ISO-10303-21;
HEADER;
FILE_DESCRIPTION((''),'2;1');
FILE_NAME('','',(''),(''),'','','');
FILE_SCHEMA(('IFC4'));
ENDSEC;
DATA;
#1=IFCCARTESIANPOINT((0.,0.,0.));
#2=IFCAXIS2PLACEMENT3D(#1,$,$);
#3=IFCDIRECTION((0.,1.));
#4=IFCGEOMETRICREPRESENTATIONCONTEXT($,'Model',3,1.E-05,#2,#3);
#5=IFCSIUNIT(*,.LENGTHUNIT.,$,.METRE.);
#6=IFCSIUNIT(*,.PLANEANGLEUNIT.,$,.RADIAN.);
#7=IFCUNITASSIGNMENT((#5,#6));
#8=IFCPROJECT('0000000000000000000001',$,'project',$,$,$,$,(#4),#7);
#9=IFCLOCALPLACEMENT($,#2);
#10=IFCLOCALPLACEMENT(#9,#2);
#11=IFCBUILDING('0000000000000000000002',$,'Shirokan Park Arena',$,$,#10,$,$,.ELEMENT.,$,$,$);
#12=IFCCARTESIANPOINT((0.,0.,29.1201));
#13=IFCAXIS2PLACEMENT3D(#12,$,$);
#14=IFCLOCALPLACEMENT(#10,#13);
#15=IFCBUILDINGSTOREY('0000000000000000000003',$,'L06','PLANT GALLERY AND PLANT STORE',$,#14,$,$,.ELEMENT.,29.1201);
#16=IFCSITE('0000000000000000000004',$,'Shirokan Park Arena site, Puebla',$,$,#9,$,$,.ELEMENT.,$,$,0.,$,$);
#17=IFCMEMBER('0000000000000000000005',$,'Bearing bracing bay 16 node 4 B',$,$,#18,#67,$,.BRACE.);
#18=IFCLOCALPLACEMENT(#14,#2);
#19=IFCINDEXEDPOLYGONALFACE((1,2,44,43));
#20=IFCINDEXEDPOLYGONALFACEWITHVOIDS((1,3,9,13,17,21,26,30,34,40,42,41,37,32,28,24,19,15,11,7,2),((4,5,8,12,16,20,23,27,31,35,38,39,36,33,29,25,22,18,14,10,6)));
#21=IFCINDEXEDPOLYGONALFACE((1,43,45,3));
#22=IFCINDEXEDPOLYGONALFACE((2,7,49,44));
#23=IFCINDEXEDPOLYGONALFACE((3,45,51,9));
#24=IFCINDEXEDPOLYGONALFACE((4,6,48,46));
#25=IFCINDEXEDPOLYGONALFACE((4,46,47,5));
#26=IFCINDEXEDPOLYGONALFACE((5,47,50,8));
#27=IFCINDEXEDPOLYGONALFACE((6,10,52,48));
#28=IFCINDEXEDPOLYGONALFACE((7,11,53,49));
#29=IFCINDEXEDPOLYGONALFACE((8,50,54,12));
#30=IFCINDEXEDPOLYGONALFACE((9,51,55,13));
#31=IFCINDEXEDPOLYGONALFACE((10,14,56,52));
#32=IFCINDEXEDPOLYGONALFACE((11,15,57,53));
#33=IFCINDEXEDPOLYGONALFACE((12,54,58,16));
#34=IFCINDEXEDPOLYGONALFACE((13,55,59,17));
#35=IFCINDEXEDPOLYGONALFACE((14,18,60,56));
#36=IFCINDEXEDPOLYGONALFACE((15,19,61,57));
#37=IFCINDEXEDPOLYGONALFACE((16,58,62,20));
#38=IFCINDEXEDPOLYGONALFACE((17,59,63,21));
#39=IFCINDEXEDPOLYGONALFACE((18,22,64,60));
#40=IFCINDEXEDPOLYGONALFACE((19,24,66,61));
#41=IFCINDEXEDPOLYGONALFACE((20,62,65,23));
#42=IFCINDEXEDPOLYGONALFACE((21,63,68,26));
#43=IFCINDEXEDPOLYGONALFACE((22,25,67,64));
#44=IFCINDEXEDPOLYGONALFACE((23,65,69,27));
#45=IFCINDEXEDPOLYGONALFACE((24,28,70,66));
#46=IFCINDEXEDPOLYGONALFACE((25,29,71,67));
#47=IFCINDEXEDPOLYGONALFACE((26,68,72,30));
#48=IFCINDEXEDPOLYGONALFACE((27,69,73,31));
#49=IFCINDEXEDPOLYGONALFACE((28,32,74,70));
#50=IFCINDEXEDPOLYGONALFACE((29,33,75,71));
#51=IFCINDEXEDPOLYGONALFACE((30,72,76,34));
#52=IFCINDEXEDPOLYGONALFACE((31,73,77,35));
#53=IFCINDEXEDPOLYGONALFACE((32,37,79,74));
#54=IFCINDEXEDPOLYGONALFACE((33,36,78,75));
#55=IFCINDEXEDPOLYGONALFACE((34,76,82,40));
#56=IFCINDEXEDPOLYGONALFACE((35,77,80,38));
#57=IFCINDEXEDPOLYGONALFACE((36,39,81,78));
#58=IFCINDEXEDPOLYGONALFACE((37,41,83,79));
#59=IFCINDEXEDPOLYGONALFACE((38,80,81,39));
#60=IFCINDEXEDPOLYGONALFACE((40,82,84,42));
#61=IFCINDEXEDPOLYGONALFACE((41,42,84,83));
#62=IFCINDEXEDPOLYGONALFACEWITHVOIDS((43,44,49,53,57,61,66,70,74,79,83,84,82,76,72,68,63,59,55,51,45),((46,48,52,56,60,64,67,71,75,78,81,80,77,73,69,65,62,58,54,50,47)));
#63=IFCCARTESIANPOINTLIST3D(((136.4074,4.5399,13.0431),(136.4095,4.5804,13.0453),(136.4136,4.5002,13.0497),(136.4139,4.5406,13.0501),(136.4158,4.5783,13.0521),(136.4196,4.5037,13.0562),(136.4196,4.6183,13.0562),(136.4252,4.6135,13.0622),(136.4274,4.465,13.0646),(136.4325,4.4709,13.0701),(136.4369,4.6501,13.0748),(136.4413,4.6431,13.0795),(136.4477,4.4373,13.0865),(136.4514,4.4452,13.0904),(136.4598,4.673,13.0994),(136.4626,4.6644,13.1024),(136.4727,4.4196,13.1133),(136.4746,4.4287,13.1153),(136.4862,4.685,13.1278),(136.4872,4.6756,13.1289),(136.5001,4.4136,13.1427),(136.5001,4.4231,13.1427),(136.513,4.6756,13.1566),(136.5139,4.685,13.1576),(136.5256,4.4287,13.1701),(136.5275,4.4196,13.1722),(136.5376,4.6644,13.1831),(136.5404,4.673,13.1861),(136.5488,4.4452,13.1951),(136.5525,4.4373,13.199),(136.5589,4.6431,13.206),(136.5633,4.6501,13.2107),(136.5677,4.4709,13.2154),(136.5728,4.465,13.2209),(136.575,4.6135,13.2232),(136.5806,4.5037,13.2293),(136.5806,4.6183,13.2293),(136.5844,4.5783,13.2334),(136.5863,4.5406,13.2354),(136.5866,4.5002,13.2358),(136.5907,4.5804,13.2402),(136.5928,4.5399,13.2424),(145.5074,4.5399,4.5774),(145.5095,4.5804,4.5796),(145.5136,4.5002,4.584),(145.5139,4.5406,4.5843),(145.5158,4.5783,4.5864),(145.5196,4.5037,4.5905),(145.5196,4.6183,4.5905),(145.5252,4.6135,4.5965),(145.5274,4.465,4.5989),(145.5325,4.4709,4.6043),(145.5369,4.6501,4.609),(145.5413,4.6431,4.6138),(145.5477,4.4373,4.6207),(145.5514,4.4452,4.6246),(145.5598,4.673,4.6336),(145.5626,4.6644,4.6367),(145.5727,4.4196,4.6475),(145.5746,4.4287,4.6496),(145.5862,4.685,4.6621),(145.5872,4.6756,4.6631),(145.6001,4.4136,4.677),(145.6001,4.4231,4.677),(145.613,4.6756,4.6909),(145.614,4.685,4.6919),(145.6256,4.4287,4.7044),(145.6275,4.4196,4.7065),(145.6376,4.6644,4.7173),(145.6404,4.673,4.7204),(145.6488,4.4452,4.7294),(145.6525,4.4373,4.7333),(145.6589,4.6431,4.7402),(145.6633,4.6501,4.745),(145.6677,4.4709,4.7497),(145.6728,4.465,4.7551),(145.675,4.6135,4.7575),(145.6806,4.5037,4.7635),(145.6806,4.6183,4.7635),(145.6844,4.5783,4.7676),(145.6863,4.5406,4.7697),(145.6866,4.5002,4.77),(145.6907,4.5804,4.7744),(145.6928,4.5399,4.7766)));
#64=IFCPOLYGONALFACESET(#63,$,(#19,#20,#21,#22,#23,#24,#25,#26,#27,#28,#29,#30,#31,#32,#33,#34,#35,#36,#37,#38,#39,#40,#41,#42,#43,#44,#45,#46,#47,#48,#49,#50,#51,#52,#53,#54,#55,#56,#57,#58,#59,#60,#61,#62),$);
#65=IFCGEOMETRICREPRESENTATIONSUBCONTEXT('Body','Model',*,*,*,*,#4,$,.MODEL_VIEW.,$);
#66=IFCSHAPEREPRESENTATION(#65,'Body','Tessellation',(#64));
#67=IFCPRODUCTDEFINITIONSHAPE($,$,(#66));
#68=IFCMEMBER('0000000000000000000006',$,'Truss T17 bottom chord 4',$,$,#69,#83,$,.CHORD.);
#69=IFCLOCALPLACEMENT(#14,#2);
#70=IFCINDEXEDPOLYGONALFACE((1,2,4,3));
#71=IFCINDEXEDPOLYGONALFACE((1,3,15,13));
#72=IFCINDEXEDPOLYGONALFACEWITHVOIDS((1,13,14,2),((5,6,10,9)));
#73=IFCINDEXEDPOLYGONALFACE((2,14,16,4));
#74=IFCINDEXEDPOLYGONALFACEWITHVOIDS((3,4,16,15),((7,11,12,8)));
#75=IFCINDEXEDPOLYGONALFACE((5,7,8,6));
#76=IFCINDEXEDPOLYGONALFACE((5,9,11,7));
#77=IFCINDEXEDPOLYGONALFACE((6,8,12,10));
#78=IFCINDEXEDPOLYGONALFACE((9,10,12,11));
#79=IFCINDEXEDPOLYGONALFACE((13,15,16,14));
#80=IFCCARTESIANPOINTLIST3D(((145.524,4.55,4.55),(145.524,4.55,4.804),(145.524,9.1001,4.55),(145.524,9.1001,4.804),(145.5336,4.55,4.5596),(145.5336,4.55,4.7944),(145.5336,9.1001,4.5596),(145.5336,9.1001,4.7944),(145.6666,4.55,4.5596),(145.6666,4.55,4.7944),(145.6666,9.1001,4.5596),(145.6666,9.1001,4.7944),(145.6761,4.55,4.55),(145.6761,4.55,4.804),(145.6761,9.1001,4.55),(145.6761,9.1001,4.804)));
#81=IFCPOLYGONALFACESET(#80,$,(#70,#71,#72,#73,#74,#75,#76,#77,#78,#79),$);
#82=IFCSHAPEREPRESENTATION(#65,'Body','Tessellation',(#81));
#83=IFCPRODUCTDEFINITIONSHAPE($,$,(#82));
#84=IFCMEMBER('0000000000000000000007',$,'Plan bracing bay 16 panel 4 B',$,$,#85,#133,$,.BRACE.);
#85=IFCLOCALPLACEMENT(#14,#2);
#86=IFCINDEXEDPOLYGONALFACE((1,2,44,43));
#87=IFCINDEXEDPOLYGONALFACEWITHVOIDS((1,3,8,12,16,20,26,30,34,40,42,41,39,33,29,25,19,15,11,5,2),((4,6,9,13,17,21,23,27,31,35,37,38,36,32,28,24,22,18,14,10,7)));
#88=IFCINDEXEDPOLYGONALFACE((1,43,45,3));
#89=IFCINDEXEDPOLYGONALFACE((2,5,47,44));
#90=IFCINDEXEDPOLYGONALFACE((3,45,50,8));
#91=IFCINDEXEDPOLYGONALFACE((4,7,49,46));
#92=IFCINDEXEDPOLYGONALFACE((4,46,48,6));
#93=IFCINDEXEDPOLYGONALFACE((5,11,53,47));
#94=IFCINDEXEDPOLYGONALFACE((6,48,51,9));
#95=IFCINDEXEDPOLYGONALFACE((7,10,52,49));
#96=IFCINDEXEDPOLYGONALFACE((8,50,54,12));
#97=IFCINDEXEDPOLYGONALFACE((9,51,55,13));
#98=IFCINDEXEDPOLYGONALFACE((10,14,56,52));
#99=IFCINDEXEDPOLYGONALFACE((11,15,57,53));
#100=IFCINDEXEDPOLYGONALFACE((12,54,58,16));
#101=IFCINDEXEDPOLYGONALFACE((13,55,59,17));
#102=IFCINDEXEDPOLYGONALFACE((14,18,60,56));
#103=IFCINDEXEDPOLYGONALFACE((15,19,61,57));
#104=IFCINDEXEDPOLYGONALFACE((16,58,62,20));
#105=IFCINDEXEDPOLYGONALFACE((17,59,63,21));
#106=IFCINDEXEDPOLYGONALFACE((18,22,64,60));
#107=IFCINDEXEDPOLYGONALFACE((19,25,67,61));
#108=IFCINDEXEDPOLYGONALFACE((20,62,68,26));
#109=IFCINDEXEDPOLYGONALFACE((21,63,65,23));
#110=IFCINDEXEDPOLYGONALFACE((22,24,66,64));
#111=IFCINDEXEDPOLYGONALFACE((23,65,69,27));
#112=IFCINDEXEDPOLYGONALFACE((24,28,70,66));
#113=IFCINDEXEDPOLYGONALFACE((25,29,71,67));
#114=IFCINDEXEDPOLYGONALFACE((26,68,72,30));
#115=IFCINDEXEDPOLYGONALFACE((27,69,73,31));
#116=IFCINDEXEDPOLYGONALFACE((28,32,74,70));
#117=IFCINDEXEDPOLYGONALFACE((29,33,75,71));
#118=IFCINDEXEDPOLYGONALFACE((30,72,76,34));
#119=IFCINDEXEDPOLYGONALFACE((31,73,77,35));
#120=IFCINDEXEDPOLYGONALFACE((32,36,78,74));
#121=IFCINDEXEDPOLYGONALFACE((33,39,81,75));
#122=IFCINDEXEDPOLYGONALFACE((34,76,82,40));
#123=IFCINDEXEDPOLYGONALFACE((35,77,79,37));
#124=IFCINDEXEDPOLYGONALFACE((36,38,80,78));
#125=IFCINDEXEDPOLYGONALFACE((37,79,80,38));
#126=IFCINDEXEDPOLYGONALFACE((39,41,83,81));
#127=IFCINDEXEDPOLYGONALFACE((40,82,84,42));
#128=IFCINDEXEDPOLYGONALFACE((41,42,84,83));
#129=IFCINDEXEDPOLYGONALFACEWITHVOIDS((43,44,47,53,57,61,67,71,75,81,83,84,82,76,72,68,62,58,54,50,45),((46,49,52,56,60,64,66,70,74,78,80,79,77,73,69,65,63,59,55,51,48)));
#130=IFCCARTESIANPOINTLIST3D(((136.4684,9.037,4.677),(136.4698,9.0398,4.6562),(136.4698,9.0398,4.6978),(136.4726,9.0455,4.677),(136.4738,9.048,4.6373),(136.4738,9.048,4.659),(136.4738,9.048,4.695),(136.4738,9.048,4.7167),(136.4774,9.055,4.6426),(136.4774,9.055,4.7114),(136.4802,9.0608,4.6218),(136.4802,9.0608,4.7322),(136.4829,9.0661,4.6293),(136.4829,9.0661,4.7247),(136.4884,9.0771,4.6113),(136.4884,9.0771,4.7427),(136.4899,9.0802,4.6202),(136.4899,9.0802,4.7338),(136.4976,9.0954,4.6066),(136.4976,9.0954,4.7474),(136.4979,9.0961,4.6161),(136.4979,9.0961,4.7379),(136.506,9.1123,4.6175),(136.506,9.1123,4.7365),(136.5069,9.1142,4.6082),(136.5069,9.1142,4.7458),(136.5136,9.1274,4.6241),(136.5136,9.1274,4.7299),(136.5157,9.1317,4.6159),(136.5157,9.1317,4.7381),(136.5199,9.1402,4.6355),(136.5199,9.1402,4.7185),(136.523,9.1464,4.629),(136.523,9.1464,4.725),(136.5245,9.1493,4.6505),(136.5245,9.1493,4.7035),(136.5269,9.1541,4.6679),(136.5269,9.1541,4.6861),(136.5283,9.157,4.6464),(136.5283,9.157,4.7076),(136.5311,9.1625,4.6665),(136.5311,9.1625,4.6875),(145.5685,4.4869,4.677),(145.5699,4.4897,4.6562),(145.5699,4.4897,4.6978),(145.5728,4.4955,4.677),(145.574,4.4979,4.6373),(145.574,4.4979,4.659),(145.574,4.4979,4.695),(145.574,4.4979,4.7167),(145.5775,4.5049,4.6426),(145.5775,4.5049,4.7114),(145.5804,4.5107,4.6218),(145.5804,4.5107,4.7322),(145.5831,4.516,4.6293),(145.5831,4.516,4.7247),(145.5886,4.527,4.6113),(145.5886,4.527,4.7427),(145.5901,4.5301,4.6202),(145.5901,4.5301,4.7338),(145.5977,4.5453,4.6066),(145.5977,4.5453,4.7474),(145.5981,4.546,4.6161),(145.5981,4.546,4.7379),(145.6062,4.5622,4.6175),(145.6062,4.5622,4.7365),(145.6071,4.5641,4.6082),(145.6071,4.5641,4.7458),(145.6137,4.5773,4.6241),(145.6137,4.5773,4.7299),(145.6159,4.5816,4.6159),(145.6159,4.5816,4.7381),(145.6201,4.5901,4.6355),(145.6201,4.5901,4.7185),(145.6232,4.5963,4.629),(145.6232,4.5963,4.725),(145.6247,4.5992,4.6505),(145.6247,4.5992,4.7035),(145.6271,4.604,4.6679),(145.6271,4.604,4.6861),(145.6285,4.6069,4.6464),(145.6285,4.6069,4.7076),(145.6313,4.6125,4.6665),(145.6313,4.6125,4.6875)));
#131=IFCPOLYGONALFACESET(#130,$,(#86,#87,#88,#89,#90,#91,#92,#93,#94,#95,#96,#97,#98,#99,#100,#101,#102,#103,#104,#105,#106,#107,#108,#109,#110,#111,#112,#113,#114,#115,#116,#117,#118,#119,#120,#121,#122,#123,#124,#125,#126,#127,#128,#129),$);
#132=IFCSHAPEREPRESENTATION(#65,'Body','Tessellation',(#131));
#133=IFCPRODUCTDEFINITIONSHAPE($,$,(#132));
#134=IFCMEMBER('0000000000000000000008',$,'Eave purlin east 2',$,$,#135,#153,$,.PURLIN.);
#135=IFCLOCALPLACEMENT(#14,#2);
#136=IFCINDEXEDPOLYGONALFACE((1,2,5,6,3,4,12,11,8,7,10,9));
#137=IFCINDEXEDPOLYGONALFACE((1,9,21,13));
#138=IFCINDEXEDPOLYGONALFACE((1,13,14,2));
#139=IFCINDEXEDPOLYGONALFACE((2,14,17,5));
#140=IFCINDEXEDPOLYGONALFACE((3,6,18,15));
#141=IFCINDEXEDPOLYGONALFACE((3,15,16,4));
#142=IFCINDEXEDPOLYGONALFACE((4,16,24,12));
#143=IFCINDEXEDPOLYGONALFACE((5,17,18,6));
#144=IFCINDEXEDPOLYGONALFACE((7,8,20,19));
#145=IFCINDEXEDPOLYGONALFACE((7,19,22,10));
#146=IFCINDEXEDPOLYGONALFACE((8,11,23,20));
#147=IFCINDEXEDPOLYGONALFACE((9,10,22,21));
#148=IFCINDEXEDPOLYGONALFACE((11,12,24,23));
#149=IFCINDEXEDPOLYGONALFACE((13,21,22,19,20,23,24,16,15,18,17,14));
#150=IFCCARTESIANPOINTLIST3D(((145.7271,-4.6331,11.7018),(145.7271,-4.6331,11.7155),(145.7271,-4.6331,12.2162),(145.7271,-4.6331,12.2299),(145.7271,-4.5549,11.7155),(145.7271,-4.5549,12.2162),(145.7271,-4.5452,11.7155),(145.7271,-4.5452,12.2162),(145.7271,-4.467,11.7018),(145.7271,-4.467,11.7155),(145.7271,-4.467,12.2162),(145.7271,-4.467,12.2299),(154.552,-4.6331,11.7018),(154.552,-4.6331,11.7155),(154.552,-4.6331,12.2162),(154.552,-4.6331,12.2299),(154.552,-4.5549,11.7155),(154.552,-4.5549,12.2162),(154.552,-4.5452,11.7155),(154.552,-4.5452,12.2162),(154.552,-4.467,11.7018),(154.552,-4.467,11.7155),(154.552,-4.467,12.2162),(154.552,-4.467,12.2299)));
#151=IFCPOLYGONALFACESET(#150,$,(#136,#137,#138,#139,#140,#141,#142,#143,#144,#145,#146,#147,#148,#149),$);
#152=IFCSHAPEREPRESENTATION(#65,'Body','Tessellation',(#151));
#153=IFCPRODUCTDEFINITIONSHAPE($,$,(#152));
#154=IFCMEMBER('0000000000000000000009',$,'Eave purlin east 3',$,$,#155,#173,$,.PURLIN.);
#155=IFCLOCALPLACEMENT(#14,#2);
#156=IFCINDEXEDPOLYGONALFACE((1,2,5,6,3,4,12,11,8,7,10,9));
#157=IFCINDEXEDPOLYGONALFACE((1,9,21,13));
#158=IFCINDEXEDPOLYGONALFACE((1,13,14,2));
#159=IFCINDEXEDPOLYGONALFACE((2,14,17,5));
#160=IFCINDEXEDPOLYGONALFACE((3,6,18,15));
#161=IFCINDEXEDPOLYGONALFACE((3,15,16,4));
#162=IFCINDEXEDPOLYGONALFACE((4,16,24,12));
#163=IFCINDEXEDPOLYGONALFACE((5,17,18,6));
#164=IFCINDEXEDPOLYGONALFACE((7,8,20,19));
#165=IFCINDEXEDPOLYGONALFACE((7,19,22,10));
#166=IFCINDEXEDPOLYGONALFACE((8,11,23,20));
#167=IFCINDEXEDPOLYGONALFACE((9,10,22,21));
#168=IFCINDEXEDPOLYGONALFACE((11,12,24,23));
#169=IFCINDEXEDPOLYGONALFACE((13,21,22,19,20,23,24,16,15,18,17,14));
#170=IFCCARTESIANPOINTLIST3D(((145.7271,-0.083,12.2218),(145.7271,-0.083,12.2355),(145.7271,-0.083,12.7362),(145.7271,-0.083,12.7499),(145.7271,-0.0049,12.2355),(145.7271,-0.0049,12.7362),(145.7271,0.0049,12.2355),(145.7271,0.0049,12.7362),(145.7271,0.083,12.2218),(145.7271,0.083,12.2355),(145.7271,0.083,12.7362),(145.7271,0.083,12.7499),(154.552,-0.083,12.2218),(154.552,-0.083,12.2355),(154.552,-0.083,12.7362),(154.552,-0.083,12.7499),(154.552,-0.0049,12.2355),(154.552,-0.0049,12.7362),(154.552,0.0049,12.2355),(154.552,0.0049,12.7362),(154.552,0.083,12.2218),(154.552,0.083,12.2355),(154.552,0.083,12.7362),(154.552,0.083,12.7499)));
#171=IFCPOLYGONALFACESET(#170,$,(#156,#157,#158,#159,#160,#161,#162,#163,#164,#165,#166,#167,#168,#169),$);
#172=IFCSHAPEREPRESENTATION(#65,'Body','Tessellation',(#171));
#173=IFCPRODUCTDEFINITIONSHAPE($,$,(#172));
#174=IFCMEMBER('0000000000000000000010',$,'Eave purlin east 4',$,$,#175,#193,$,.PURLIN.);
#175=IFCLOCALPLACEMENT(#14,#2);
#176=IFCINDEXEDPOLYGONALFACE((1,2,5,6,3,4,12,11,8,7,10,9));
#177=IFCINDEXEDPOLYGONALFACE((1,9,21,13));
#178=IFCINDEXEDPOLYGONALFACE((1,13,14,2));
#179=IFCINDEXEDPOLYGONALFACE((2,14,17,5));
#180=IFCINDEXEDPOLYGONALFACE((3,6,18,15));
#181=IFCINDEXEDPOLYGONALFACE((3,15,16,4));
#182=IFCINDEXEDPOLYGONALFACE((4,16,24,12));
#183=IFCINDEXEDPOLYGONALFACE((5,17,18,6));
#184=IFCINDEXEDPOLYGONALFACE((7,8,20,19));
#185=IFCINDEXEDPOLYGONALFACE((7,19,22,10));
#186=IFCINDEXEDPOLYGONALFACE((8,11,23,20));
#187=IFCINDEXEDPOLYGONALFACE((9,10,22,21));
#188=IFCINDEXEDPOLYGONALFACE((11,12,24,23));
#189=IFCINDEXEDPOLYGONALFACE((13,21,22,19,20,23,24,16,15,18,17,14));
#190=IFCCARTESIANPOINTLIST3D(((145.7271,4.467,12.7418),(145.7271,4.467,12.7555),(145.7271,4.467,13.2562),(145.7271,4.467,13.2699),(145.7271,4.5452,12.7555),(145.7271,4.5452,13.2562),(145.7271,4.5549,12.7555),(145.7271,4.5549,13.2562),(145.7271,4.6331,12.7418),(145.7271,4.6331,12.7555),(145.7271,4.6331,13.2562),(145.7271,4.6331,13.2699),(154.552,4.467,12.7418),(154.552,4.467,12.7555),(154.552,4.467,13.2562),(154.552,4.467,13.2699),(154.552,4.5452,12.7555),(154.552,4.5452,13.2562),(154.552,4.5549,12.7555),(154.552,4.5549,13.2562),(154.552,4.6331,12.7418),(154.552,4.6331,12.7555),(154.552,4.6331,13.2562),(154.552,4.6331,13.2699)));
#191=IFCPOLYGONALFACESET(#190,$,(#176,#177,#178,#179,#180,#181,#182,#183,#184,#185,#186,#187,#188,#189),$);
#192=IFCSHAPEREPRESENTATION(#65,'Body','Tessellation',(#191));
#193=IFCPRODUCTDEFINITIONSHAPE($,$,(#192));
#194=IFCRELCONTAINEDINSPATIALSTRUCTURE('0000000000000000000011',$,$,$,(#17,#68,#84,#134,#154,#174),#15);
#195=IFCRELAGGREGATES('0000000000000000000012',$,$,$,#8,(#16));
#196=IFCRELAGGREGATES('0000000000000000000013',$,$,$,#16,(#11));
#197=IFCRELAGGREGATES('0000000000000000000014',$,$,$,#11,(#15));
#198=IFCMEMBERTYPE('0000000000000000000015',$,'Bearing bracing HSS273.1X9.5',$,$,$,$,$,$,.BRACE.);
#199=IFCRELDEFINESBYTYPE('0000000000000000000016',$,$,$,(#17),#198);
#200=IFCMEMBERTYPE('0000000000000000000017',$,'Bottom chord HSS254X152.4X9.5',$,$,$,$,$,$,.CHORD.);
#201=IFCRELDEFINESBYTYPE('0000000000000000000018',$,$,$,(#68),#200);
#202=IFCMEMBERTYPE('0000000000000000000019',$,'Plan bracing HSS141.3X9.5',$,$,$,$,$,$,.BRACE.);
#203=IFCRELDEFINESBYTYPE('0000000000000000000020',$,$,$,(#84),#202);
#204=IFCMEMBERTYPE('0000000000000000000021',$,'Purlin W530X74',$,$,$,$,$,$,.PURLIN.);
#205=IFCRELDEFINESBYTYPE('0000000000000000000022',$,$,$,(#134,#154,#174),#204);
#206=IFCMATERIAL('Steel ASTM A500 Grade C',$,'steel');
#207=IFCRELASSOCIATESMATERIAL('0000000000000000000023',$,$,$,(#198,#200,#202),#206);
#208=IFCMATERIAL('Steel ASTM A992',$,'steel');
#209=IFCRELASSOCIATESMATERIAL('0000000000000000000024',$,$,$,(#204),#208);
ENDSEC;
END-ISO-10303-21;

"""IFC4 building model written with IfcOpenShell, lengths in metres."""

from ifc_helpers import new_model, si_unit, direction, frame, origin, origin_2d, place, context, subcontext, project, spatial, hollow_rectangle, hollow_circle, i_section, extrude, material, material_profile, profile_set, type_object, element, save


model = new_model("IFC4")

# Units and contexts
model_context = context("Model", 3, precision=1e-05, world=origin(), true_north=direction((0.0, 1.0)))
body_context = subcontext(model_context, "Body", "Model", "MODEL_VIEW")
ifc_project = project(units=[si_unit("LENGTHUNIT", "METRE"), si_unit("PLANEANGLEUNIT", "RADIAN")], contexts=[model_context])

# Site, building, storey
site_placement = place(None, origin())
site = spatial("IfcSite", under=ifc_project, at=site_placement, Name="Shirokan Park Arena site, Puebla", CompositionType="ELEMENT", RefElevation=0.0)
building_placement = place(site_placement, origin())
building = spatial("IfcBuilding", under=site, at=building_placement, Name="Shirokan Park Arena", CompositionType="ELEMENT")
storey_placement = place(building_placement, frame((0.0, 0.0, 29.1201)))
storey = spatial("IfcBuildingStorey", under=building, at=storey_placement, Name="L06", Description="PLANT GALLERY AND PLANT STORE", CompositionType="ELEMENT", Elevation=29.1201)

# Members
ifc_material_1 = material(Name="Steel ASTM A500 Grade C", Category="steel")
ifc_material_profile_1 = material_profile(ifc_material_1, hollow_circle(Radius=0.1365, WallThickness=0.0095, at=origin_2d()), Name="HSS273.1X9.5")
ifc_profile_set_1 = profile_set([ifc_material_profile_1], Name="Steel ASTM A500 Grade C")
member_type_1 = type_object("IfcMemberType", Name="Bearing bracing HSS273.1X9.5", PredefinedType="BRACE", material=ifc_profile_set_1)
member_1_placement = place(storey_placement, frame((145.6001, 4.55, 4.677), z_axis=(-0.732162, 0.0, 0.68113), x_axis=(0.0, -1.0, 0.0)))
element("IfcMember", 1, at=member_1_placement, inside=storey, type_object=member_type_1, Name="Bearing bracing bay 16 node 4 B", PredefinedType="BRACE", context=body_context, shape_type="SweptSolid", body=[
    extrude(hollow_circle(Radius=0.1365, WallThickness=0.0095, at=origin_2d()), origin(), (0.0, 0.0, 1.0), 12.429),
])
ifc_material_profile_2 = material_profile(ifc_material_1, hollow_rectangle(XDim=0.1521, YDim=0.2539, WallThickness=0.0095, at=origin_2d()), Name="HSS254X152.4X9.5")
ifc_profile_set_2 = profile_set([ifc_material_profile_2], Name="Steel ASTM A500 Grade C")
member_type_2 = type_object("IfcMemberType", Name="Bottom chord HSS254X152.4X9.5", PredefinedType="CHORD", material=ifc_profile_set_2)
member_2_placement = place(storey_placement, frame((145.6001, 4.55, 4.677), z_axis=(0.0, 1.0, 0.0), x_axis=(-1.0, 0.0, 0.0)))
element("IfcMember", 2, at=member_2_placement, inside=storey, type_object=member_type_2, Name="Truss T17 bottom chord 4", PredefinedType="CHORD", context=body_context, shape_type="SweptSolid", body=[
    extrude(hollow_rectangle(XDim=0.1521, YDim=0.2539, WallThickness=0.0095, at=origin_2d()), origin(), (0.0, 0.0, 1.0), 4.55),
])
ifc_material_profile_3 = material_profile(ifc_material_1, hollow_circle(Radius=0.0706, WallThickness=0.0095, at=origin_2d()), Name="HSS141.3X9.5")
ifc_profile_set_3 = profile_set([ifc_material_profile_3], Name="Steel ASTM A500 Grade C")
member_type_3 = type_object("IfcMemberType", Name="Plan bracing HSS141.3X9.5", PredefinedType="BRACE", material=ifc_profile_set_3)
member_3_placement = place(storey_placement, frame((145.6001, 4.55, 4.677), z_axis=(-0.894427, 0.447214, 0.0), x_axis=(-0.447214, -0.894427, 0.0)))
element("IfcMember", 3, at=member_3_placement, inside=storey, type_object=member_type_3, Name="Plan bracing bay 16 panel 4 B", PredefinedType="BRACE", context=body_context, shape_type="SweptSolid", body=[
    extrude(hollow_circle(Radius=0.0706, WallThickness=0.0095, at=origin_2d()), origin(), (0.0, 0.0, 1.0), 10.1743),
])
ifc_material_2 = material(Name="Steel ASTM A992", Category="steel")
ifc_material_profile_4 = material_profile(ifc_material_2, i_section(OverallWidth=0.166, OverallDepth=0.5281, WebThickness=0.0098, FlangeThickness=0.0137, at=origin_2d()), Name="W530X74")
ifc_profile_set_4 = profile_set([ifc_material_profile_4], Name="Steel ASTM A992")
member_type_4 = type_object("IfcMemberType", Name="Purlin W530X74", PredefinedType="PURLIN", material=ifc_profile_set_4)
for number, where, z_axis, x_axis, name in (
    (4, (145.7271, -4.55, 11.9658), (1.0, 0.0, 0.0), (0.0, 1.0, 0.0), "Eave purlin east 2"),
    (5, (145.7271, 0.0, 12.4858), (1.0, 0.0, 0.0), (0.0, 1.0, 0.0), "Eave purlin east 3"),
    (6, (145.7271, 4.55, 13.0059), (1.0, 0.0, 0.0), (0.0, 1.0, 0.0), "Eave purlin east 4"),
):
    element("IfcMember", number, at=place(storey_placement, frame(where, z_axis=z_axis, x_axis=x_axis)), inside=storey, type_object=member_type_4, Name=name, PredefinedType="PURLIN", context=body_context, shape_type="SweptSolid", body=[
        extrude(i_section(OverallWidth=0.166, OverallDepth=0.5281, WebThickness=0.0098, FlangeThickness=0.0137, at=origin_2d()), origin(), (0.0, 0.0, 1.0), 8.825),
    ])

save(model, "model.ifc")
